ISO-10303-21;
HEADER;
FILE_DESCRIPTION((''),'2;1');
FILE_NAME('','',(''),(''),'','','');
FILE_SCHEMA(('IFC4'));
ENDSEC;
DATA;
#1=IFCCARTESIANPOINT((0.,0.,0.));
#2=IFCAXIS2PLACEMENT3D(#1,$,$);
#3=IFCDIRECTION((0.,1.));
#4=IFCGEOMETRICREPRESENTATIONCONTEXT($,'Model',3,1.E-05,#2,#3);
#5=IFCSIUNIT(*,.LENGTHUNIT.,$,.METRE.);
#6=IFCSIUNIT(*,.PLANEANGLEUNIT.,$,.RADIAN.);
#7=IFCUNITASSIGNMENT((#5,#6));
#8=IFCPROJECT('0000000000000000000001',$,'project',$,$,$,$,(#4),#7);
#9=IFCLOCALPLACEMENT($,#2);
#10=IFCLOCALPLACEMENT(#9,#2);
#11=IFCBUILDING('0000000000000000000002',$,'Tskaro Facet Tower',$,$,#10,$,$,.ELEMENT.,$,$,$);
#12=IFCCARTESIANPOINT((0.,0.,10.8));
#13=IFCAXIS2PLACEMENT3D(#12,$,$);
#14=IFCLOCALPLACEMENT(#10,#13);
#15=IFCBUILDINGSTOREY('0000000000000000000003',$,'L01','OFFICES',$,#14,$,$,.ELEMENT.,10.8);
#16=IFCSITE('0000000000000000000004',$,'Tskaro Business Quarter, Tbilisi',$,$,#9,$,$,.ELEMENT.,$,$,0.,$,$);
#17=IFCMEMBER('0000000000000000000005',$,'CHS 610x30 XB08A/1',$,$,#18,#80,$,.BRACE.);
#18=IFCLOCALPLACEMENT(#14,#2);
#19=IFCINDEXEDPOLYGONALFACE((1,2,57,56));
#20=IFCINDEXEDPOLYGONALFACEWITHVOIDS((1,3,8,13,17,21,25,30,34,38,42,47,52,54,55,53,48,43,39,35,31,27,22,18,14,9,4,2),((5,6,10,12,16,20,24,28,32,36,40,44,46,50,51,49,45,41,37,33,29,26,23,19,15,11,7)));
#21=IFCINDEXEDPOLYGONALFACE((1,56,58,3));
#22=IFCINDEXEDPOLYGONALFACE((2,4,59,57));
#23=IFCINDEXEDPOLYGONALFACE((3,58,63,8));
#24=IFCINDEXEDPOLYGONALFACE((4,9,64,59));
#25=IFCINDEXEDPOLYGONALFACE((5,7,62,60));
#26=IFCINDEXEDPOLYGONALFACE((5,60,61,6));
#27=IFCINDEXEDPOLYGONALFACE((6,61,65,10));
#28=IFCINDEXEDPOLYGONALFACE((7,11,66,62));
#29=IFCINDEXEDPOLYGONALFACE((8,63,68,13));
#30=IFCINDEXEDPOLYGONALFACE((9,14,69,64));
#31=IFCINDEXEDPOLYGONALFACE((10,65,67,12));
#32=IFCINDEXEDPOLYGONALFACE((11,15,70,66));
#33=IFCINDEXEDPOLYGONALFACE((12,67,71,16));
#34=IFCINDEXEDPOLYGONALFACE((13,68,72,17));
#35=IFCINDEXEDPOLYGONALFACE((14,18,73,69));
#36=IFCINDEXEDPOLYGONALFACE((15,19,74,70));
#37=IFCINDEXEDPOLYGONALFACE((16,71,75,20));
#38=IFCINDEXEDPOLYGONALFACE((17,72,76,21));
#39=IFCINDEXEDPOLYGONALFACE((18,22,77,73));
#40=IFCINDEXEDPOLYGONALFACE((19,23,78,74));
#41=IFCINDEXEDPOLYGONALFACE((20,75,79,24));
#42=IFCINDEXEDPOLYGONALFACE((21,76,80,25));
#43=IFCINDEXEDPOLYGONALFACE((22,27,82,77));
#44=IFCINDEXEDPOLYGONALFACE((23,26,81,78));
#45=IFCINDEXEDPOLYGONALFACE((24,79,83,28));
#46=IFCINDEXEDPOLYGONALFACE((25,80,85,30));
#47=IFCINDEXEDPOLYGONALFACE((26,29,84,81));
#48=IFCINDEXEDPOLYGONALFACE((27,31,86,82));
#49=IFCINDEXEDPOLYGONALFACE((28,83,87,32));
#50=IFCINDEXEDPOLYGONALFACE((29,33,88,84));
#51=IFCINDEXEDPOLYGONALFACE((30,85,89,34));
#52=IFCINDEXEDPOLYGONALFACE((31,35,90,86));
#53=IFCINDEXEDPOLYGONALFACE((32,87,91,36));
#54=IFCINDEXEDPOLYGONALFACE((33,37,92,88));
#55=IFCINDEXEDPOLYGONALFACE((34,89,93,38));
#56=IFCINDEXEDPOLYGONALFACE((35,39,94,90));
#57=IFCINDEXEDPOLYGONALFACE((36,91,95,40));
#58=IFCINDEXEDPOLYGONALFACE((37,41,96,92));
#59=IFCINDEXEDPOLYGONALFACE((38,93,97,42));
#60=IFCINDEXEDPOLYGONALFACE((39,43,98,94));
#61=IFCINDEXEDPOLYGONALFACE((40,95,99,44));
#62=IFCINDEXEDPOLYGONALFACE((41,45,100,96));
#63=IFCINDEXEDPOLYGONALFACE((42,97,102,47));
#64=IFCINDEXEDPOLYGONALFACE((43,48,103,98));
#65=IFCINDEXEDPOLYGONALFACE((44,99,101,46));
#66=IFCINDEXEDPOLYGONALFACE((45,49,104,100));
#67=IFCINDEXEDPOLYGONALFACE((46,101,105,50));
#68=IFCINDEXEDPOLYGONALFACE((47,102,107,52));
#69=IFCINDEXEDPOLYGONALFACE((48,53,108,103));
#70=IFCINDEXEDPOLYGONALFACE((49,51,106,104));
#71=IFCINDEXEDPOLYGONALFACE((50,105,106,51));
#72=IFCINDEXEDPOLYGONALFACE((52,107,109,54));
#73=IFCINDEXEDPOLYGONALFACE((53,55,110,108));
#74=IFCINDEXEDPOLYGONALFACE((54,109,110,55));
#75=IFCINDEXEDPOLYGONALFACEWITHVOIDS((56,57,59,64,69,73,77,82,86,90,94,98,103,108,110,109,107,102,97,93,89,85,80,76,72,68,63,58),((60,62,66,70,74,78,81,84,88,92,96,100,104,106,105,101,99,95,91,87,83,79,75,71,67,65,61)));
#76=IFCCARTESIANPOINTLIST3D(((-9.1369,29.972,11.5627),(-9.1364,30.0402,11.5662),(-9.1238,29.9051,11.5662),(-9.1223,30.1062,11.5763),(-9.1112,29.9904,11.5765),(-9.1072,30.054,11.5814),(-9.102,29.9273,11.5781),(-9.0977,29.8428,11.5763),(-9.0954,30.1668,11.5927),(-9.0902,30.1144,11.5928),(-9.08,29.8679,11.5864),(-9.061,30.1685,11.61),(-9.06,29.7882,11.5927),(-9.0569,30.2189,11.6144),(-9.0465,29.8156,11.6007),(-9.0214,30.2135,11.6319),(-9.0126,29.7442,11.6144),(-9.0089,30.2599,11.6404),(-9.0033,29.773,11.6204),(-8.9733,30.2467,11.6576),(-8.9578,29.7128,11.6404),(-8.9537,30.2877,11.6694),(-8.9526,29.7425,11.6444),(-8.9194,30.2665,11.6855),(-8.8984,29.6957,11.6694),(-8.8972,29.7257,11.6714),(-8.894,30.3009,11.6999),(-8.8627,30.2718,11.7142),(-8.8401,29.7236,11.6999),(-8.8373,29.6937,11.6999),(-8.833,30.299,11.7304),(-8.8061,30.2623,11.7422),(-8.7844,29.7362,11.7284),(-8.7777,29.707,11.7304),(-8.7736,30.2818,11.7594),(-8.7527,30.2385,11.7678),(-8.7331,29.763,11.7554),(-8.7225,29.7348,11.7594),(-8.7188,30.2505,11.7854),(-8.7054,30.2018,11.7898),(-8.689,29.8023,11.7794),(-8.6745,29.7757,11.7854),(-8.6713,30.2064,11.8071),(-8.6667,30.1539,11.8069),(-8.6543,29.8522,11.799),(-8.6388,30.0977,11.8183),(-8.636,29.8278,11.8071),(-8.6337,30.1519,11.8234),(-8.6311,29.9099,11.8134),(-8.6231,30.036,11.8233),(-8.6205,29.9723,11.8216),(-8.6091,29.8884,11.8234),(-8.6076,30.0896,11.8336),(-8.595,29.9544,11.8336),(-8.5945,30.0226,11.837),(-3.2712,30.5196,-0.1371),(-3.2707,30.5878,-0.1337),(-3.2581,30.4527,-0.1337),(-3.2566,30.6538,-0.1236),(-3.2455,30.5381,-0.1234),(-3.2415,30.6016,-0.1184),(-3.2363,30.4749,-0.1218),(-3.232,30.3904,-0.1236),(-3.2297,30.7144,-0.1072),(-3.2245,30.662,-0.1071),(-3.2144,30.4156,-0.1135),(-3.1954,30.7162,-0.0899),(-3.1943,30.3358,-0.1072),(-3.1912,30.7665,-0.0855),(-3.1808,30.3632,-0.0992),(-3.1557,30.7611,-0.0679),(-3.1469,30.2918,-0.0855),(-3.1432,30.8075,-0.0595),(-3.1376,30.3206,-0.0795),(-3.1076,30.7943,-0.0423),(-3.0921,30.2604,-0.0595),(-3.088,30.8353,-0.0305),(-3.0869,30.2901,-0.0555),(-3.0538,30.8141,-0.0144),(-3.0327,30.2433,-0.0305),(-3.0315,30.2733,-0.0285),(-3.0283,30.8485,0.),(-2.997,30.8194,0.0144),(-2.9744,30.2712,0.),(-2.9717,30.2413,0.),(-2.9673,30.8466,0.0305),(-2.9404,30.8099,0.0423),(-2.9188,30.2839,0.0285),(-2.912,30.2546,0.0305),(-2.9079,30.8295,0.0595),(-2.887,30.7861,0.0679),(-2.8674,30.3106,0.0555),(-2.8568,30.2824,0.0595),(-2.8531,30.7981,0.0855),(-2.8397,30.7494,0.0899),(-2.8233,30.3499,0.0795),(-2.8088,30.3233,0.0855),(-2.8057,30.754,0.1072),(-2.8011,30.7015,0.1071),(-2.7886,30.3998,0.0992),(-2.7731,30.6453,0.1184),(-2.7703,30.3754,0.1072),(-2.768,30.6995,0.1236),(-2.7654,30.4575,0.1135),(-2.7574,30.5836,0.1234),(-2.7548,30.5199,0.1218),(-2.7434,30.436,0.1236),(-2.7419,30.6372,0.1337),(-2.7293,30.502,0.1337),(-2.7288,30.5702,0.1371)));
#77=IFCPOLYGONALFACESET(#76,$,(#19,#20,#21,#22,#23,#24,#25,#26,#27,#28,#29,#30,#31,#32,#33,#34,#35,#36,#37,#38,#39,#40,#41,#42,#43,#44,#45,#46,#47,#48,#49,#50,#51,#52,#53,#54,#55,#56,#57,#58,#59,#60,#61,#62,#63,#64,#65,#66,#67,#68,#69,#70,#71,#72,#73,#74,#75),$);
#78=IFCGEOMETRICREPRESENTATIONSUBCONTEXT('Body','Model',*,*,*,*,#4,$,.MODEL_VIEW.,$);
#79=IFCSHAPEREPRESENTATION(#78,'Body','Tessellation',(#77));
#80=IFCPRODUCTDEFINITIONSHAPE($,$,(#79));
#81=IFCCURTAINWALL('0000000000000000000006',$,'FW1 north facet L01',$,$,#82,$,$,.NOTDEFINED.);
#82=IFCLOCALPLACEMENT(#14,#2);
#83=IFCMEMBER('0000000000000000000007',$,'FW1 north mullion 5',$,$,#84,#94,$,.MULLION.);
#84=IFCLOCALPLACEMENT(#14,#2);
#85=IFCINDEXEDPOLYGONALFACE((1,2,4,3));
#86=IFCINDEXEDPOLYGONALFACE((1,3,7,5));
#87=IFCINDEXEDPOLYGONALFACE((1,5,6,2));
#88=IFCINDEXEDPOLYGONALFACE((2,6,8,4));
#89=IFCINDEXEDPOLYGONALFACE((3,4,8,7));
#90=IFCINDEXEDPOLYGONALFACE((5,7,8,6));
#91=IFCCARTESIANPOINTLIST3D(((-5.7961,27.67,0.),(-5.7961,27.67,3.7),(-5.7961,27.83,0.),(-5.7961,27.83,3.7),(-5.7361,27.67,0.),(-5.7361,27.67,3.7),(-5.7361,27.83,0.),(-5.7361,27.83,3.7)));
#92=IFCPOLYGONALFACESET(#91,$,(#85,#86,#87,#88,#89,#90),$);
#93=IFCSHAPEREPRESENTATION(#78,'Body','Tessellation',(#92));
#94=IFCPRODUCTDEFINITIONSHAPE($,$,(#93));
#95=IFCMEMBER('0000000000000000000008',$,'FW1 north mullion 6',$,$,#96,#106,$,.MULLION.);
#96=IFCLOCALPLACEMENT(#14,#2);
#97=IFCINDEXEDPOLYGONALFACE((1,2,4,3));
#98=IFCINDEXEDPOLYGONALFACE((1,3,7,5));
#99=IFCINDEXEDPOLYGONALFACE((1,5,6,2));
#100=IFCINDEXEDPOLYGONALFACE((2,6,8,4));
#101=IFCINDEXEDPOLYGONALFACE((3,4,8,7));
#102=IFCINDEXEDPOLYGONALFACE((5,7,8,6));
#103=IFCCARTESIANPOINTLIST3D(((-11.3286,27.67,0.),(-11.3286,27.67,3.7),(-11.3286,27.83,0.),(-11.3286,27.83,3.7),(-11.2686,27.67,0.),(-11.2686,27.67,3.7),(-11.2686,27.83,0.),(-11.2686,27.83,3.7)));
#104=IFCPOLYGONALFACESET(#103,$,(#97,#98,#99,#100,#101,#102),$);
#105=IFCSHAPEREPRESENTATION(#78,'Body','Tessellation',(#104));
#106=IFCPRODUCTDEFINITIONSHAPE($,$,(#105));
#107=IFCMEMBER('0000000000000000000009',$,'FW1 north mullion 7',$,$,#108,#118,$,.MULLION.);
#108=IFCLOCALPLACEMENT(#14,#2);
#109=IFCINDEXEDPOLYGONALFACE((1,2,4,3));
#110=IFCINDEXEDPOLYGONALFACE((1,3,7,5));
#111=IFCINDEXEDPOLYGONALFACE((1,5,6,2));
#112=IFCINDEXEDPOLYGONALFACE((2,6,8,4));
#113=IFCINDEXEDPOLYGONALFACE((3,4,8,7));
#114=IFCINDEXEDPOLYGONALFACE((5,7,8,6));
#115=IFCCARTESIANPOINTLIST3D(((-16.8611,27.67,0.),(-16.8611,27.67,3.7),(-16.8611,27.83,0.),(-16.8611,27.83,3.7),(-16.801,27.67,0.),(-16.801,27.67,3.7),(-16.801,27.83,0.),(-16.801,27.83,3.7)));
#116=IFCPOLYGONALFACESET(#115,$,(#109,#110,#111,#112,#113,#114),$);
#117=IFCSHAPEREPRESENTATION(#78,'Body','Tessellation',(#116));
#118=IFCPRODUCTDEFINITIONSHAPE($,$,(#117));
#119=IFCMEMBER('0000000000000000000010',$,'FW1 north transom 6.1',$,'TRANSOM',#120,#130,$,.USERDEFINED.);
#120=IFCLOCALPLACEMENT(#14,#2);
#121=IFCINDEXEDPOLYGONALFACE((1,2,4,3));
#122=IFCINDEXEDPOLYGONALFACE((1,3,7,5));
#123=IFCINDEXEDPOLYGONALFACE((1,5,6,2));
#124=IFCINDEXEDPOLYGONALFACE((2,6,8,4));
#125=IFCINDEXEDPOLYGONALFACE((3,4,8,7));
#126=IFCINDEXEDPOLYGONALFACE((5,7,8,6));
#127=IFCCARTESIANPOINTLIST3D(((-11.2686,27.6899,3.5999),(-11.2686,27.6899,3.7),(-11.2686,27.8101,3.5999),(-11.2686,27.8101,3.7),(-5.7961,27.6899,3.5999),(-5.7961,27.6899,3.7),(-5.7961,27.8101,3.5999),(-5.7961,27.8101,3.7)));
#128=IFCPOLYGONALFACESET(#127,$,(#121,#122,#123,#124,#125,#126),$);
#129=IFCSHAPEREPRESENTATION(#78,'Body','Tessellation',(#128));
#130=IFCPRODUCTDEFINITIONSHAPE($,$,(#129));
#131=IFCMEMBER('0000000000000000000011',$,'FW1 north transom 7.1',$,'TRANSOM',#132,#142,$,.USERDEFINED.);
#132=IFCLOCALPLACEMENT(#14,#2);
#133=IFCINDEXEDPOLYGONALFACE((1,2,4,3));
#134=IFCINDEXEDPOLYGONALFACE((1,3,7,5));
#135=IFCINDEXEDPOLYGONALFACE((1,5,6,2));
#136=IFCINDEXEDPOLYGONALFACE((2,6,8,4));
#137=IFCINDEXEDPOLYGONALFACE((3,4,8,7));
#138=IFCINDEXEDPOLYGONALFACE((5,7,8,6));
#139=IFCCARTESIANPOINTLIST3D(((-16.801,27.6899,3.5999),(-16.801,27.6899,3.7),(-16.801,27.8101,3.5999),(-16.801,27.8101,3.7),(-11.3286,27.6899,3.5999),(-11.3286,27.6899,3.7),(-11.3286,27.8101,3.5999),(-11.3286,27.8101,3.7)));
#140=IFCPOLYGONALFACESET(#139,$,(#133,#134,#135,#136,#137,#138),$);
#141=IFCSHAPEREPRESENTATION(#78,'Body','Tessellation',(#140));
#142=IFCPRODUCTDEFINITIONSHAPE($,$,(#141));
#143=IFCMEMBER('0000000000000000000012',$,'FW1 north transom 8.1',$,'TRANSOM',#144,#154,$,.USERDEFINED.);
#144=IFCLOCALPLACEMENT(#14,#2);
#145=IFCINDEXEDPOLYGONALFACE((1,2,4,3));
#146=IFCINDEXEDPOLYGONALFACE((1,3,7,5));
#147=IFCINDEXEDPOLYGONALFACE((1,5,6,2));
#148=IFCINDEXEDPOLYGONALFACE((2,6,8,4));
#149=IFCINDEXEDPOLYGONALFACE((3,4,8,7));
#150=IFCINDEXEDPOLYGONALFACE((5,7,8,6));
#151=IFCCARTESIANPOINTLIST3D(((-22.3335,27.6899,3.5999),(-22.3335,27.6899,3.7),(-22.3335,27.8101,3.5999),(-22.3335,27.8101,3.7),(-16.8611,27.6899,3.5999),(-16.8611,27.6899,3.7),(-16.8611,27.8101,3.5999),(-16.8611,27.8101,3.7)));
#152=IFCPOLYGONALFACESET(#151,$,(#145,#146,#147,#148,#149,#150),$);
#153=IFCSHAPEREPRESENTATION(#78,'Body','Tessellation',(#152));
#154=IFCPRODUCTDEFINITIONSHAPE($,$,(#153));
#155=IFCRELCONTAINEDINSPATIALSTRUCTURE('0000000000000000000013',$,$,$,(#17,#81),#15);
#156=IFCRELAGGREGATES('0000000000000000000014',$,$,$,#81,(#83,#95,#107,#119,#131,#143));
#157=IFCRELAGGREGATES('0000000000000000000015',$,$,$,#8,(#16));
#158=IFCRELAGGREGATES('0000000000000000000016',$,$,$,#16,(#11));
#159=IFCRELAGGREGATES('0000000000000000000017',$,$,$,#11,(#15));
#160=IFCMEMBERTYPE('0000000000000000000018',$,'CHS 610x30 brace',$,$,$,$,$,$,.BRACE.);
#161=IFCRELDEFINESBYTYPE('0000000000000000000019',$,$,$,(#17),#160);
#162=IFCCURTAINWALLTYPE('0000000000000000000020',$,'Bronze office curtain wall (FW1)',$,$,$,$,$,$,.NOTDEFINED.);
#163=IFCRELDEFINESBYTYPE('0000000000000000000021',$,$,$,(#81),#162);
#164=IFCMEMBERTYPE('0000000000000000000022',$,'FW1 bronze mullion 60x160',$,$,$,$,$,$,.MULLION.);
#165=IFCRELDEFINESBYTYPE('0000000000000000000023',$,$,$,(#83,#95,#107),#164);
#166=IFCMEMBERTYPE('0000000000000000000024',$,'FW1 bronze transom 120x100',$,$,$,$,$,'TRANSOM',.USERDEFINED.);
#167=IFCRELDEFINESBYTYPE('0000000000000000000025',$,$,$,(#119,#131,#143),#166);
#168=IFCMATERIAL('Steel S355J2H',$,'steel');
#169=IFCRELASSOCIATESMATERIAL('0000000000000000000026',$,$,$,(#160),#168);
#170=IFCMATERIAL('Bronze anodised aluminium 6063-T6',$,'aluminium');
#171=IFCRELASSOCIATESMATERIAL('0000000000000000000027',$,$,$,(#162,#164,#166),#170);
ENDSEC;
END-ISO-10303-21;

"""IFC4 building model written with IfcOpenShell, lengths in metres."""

from ifc_helpers import new_model, si_unit, direction, frame, origin, origin_2d, place, context, subcontext, project, spatial, rectangle, hollow_circle, extrude, material, material_profile, profile_set, type_object, element, aggregate, save


model = new_model("IFC4")

# Units and contexts
model_context = context("Model", 3, precision=1e-05, world=origin(), true_north=direction((0.0, 1.0)))
body_context = subcontext(model_context, "Body", "Model", "MODEL_VIEW")
ifc_project = project(units=[si_unit("LENGTHUNIT", "METRE"), si_unit("PLANEANGLEUNIT", "RADIAN")], contexts=[model_context])

# Site, building, storey
site_placement = place(None, origin())
site = spatial("IfcSite", under=ifc_project, at=site_placement, Name="Tskaro Business Quarter, Tbilisi", CompositionType="ELEMENT", RefElevation=0.0)
building_placement = place(site_placement, origin())
building = spatial("IfcBuilding", under=site, at=building_placement, Name="Tskaro Facet Tower", CompositionType="ELEMENT")
storey_placement = place(building_placement, frame((0.0, 0.0, 10.8)))
storey = spatial("IfcBuildingStorey", under=building, at=storey_placement, Name="L01", Description="OFFICES", CompositionType="ELEMENT", Elevation=10.8)

# Shared definitions
ifc_material_1 = material(Name="Steel S355J2H", Category="steel")

# Member
ifc_material_profile_1 = material_profile(ifc_material_1, hollow_circle(Radius=0.3049, WallThickness=0.03, at=origin_2d()), Name="CHS 610x30")
ifc_profile_set_1 = profile_set([ifc_material_profile_1], Name="Steel S355J2H")
member_type_1 = type_object("IfcMemberType", Name="CHS 610x30 brace", PredefinedType="BRACE", material=ifc_profile_set_1)
for number, where, z_axis, x_axis, name in (
    (1, (-3.0, 30.5449, 0.0), (-0.447784, -0.041804, 0.893164), (0.092953, -0.99567, 0.0), "CHS 610x30 XB08A/1"),
):
    element("IfcMember", number, at=place(storey_placement, frame(where, z_axis=z_axis, x_axis=x_axis)), inside=storey, type_object=member_type_1, Name=name, PredefinedType="BRACE", context=body_context, shape_type="SweptSolid", body=[
        extrude(hollow_circle(Radius=0.3049, WallThickness=0.03, at=origin_2d()), origin(), (0.0, 0.0, 1.0), 13.0994),
    ])

# Curtain wall, members
ifc_material_2 = material(Name="Bronze anodised aluminium 6063-T6", Category="aluminium")
curtain_wall_type = type_object("IfcCurtainWallType", Name="Bronze office curtain wall (FW1)", PredefinedType="NOTDEFINED", material=ifc_material_2)
curtain_wall_placement = place(storey_placement, origin())
curtain_wall = element("IfcCurtainWall", 2, at=curtain_wall_placement, inside=storey, type_object=curtain_wall_type, Name="FW1 north facet L01", PredefinedType="NOTDEFINED")
ifc_material_profile_2 = material_profile(ifc_material_2, rectangle(XDim=0.0601, YDim=0.1599, at=origin_2d()), Name="Mullion 60x160")
ifc_profile_set_2 = profile_set([ifc_material_profile_2], Name="Bronze anodised aluminium 6063-T6")
member_type_2 = type_object("IfcMemberType", Name="FW1 bronze mullion 60x160", PredefinedType="MULLION", material=ifc_profile_set_2)
member_1_placement = place(storey_placement, frame((-5.7661, 27.75, 0.0), z_axis=(0.0, 0.0, 1.0), x_axis=(-1.0, 0.0, 0.0)))
member_1 = element("IfcMember", 3, at=member_1_placement, type_object=member_type_2, Name="FW1 north mullion 5", PredefinedType="MULLION", context=body_context, shape_type="SweptSolid", body=[
    extrude(rectangle(XDim=0.0601, YDim=0.1599, at=origin_2d()), origin(), (0.0, 0.0, 1.0), 3.7),
])
member_2_placement = place(storey_placement, frame((-11.2986, 27.75, 0.0), z_axis=(0.0, 0.0, 1.0), x_axis=(-1.0, 0.0, 0.0)))
member_2 = element("IfcMember", 4, at=member_2_placement, type_object=member_type_2, Name="FW1 north mullion 6", PredefinedType="MULLION", context=body_context, shape_type="SweptSolid", body=[
    extrude(rectangle(XDim=0.0601, YDim=0.1599, at=origin_2d()), origin(), (0.0, 0.0, 1.0), 3.7),
])
member_3_placement = place(storey_placement, frame((-16.8311, 27.75, 0.0), z_axis=(0.0, 0.0, 1.0), x_axis=(-1.0, 0.0, 0.0)))
member_3 = element("IfcMember", 5, at=member_3_placement, type_object=member_type_2, Name="FW1 north mullion 7", PredefinedType="MULLION", context=body_context, shape_type="SweptSolid", body=[
    extrude(rectangle(XDim=0.0601, YDim=0.1599, at=origin_2d()), origin(), (0.0, 0.0, 1.0), 3.7),
])
ifc_material_profile_3 = material_profile(ifc_material_2, rectangle(XDim=0.1201, YDim=0.1001, at=origin_2d()), Name="Transom 120x100")
ifc_profile_set_3 = profile_set([ifc_material_profile_3], Name="Bronze anodised aluminium 6063-T6")
member_type_3 = type_object("IfcMemberType", Name="FW1 bronze transom 120x100", ElementType="TRANSOM", PredefinedType="USERDEFINED", material=ifc_profile_set_3)
member_4_placement = place(storey_placement, frame((-5.7961, 27.75, 3.6499), z_axis=(-1.0, 0.0, 0.0), x_axis=(0.0, -1.0, 0.0)))
member_4 = element("IfcMember", 6, at=member_4_placement, type_object=member_type_3, Name="FW1 north transom 6.1", ObjectType="TRANSOM", PredefinedType="USERDEFINED", context=body_context, shape_type="SweptSolid", body=[
    extrude(rectangle(XDim=0.1201, YDim=0.1001, at=origin_2d()), origin(), (0.0, 0.0, 1.0), 5.4724),
])
member_5_placement = place(storey_placement, frame((-11.3286, 27.75, 3.6499), z_axis=(-1.0, 0.0, 0.0), x_axis=(0.0, -1.0, 0.0)))
member_5 = element("IfcMember", 7, at=member_5_placement, type_object=member_type_3, Name="FW1 north transom 7.1", ObjectType="TRANSOM", PredefinedType="USERDEFINED", context=body_context, shape_type="SweptSolid", body=[
    extrude(rectangle(XDim=0.1201, YDim=0.1001, at=origin_2d()), origin(), (0.0, 0.0, 1.0), 5.4724),
])
member_6_placement = place(storey_placement, frame((-16.8611, 27.75, 3.6499), z_axis=(-1.0, 0.0, 0.0), x_axis=(0.0, -1.0, 0.0)))
member_6 = element("IfcMember", 8, at=member_6_placement, type_object=member_type_3, Name="FW1 north transom 8.1", ObjectType="TRANSOM", PredefinedType="USERDEFINED", context=body_context, shape_type="SweptSolid", body=[
    extrude(rectangle(XDim=0.1201, YDim=0.1001, at=origin_2d()), origin(), (0.0, 0.0, 1.0), 5.4724),
])

aggregate(curtain_wall, [member_1, member_2, member_3, member_4, member_5, member_6])

save(model, "model.ifc")
